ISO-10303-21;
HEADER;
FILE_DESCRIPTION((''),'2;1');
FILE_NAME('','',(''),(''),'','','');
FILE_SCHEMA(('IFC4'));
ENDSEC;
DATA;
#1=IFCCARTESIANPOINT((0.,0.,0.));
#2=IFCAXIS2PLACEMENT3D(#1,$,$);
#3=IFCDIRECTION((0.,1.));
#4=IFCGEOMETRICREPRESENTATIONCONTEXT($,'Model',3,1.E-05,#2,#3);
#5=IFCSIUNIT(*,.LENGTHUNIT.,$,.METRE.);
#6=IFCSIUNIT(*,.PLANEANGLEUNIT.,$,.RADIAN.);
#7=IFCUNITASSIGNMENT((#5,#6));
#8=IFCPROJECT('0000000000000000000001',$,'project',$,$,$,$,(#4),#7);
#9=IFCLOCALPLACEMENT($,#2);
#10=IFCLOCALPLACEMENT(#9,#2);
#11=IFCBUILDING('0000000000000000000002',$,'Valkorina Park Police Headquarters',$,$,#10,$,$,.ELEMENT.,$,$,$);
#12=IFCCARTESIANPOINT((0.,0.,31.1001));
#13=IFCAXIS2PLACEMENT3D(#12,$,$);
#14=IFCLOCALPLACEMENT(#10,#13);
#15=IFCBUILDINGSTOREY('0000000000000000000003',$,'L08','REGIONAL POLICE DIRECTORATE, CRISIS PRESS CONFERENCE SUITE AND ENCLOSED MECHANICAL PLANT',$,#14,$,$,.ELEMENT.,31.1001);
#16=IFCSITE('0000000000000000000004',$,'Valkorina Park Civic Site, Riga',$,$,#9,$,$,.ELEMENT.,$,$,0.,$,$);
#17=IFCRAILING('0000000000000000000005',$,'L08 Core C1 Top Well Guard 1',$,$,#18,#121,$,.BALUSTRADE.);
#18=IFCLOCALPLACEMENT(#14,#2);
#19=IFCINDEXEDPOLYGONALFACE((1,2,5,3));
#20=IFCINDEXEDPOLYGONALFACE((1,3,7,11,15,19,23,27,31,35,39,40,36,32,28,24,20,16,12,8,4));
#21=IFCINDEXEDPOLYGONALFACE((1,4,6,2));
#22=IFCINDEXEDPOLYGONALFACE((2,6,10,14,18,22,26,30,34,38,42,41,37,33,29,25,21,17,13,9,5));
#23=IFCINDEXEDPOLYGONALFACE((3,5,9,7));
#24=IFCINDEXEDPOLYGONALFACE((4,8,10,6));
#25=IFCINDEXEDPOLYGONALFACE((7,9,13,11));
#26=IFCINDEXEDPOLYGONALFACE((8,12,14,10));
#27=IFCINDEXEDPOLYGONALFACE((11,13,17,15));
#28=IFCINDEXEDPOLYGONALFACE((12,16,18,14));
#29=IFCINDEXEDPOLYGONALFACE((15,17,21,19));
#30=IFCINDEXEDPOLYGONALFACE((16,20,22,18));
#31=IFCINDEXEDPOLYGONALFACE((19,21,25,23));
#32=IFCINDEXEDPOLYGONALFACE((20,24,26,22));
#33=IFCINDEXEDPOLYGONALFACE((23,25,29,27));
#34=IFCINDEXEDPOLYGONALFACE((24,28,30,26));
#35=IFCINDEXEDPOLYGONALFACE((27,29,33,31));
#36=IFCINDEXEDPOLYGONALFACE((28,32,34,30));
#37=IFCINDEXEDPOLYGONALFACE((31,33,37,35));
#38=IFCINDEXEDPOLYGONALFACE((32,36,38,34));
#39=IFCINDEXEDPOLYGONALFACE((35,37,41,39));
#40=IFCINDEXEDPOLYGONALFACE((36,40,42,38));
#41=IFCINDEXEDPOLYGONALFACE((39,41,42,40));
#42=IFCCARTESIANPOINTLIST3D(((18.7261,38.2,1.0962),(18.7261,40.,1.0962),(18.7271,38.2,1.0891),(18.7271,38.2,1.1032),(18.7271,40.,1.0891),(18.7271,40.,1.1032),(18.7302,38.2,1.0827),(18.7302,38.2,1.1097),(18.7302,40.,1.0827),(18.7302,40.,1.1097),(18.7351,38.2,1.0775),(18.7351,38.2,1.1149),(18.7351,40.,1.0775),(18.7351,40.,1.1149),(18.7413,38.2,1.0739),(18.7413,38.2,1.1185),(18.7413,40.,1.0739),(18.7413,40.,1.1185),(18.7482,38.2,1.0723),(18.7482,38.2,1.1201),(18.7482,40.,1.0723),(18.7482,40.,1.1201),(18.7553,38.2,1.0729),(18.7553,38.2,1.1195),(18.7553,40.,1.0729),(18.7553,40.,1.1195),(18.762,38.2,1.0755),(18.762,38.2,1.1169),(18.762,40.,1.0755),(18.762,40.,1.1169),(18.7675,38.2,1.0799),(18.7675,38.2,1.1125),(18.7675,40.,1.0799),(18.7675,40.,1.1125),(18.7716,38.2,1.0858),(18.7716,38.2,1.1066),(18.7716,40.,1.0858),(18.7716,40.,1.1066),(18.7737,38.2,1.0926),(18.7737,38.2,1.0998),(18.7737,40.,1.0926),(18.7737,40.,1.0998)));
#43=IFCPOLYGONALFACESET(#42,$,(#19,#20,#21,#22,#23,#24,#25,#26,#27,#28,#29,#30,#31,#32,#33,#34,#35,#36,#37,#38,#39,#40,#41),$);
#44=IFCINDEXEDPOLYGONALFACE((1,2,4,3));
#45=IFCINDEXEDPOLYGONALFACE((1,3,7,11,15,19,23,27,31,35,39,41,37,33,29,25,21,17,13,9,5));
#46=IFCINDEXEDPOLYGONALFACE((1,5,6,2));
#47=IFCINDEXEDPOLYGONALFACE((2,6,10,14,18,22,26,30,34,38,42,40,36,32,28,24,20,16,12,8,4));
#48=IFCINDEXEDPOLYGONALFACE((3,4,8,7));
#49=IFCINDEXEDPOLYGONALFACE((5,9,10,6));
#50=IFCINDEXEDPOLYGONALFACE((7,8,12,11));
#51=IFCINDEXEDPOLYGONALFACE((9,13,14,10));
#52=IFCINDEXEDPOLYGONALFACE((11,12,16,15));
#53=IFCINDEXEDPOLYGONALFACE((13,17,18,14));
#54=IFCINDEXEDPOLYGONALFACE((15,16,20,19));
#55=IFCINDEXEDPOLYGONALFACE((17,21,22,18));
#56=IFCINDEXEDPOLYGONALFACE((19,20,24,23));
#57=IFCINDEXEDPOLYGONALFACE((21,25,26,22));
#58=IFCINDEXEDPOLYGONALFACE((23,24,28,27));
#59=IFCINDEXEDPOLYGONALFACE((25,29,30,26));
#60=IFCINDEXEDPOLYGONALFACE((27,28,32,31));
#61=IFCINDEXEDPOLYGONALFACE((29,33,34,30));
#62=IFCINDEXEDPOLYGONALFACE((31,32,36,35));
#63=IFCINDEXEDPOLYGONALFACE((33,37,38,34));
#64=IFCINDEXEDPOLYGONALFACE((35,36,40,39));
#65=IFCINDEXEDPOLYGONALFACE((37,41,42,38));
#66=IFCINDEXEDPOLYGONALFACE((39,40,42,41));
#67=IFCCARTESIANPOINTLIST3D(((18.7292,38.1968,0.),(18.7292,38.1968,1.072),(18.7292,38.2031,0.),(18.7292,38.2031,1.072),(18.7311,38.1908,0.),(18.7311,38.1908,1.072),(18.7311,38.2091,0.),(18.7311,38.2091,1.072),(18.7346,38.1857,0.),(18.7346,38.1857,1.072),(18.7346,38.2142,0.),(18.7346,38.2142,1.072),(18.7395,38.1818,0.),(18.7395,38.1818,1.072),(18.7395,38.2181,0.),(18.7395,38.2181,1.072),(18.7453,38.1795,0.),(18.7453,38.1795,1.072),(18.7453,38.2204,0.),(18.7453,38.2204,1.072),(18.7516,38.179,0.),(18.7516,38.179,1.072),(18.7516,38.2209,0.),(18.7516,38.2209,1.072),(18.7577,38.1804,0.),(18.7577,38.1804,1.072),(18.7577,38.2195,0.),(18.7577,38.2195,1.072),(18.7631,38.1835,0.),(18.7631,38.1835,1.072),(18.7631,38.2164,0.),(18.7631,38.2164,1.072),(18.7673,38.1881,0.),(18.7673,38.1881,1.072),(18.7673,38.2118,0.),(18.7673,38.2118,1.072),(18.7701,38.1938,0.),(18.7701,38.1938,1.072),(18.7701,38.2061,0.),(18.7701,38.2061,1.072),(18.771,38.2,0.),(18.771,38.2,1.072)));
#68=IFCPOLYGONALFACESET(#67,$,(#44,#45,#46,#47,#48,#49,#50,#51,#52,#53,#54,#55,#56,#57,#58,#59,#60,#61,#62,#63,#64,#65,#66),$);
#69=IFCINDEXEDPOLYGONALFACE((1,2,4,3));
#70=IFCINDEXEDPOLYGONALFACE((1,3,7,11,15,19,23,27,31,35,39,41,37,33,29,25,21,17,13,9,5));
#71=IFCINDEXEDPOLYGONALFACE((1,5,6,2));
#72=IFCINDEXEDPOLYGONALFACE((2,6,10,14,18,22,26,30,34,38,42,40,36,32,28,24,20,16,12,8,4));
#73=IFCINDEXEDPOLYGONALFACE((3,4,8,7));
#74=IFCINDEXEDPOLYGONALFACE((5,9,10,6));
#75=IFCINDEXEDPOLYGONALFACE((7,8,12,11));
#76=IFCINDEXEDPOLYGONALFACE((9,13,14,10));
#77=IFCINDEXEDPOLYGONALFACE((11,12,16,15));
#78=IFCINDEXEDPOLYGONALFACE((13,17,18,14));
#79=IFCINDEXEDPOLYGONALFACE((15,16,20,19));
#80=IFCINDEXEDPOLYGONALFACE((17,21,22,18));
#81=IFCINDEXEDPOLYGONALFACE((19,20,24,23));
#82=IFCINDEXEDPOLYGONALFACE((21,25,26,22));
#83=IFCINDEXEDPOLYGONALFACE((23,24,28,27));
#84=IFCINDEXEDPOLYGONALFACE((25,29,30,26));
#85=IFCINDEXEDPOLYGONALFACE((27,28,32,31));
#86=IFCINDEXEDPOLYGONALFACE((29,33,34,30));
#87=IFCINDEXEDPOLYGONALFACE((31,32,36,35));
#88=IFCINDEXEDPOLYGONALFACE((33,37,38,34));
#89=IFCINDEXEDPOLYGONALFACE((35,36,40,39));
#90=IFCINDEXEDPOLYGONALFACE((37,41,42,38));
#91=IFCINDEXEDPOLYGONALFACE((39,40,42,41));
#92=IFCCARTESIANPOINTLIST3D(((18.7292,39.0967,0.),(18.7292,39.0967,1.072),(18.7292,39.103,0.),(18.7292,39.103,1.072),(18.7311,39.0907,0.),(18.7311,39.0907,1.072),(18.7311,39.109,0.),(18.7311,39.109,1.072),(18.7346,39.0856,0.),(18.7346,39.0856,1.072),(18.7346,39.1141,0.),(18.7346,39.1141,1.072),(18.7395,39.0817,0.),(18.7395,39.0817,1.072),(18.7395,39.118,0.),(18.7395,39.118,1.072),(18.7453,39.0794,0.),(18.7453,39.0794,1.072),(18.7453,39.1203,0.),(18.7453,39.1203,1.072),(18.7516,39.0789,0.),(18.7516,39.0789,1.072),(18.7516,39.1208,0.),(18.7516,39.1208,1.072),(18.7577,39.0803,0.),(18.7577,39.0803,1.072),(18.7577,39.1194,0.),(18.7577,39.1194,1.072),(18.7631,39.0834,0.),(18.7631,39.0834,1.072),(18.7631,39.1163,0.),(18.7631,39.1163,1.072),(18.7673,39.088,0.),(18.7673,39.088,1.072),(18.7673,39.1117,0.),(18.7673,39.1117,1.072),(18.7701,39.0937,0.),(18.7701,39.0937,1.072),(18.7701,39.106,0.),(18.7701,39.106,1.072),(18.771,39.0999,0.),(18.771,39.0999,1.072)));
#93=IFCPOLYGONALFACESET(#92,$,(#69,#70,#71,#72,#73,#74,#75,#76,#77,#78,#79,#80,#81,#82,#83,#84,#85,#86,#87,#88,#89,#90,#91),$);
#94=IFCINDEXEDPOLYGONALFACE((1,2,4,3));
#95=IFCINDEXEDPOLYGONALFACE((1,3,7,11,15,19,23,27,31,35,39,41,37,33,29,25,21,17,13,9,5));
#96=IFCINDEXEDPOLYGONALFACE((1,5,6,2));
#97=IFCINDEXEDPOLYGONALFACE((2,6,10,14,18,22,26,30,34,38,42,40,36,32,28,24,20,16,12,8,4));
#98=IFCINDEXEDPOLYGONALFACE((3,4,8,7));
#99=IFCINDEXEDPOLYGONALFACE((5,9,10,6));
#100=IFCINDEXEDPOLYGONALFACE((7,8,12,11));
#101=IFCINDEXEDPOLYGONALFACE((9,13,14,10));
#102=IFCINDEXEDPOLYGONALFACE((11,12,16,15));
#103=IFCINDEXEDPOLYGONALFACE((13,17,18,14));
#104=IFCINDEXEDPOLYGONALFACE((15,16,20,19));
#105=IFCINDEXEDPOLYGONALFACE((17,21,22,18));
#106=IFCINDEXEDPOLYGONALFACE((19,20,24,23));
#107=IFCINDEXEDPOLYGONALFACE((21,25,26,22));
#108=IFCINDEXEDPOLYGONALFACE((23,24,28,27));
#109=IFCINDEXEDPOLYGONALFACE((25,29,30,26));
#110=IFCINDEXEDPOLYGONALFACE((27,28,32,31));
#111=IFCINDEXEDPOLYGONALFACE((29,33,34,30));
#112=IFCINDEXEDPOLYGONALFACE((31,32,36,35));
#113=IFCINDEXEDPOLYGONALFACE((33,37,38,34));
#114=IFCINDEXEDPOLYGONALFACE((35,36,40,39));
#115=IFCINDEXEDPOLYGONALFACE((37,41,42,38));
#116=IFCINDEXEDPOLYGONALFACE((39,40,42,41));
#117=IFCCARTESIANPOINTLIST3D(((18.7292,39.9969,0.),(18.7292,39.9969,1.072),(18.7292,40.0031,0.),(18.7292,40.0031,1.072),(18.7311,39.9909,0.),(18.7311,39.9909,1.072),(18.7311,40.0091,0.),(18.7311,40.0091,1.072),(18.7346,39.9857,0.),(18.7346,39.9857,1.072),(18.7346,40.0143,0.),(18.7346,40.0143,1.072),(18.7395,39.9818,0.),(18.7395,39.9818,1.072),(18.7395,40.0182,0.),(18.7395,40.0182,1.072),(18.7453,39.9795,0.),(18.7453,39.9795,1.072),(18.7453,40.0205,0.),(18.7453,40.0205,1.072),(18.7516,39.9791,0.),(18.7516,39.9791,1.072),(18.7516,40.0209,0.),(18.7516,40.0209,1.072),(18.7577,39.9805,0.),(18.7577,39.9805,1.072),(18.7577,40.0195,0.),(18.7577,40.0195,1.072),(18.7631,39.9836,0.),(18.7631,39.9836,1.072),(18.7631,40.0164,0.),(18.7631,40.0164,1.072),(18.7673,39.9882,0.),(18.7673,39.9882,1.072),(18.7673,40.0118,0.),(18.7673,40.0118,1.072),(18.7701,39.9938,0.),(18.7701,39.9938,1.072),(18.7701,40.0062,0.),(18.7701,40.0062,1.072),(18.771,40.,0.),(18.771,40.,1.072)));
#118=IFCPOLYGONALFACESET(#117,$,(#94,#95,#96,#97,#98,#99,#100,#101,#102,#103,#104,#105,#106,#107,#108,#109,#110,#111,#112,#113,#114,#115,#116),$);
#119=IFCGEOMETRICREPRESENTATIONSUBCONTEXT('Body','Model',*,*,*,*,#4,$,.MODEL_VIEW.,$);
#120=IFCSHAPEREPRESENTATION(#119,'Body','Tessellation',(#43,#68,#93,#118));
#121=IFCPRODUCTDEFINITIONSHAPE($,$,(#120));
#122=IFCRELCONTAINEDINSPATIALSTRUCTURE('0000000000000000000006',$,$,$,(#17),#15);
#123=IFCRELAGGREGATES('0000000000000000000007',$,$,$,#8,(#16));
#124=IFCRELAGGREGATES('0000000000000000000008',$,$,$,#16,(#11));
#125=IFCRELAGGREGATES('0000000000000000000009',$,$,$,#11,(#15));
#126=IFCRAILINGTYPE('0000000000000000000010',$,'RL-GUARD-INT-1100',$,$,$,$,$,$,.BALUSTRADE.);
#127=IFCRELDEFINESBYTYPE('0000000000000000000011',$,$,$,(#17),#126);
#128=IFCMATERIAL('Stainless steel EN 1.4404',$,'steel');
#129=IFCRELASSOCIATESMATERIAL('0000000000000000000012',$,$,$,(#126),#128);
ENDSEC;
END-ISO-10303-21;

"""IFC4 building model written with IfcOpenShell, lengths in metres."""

from ifc_helpers import new_model, si_unit, direction, frame, origin, origin_2d, place, context, subcontext, project, spatial, circle, extrude, material, type_object, element, save


model = new_model("IFC4")

# Units and contexts
model_context = context("Model", 3, precision=1e-05, world=origin(), true_north=direction((0.0, 1.0)))
body_context = subcontext(model_context, "Body", "Model", "MODEL_VIEW")
ifc_project = project(units=[si_unit("LENGTHUNIT", "METRE"), si_unit("PLANEANGLEUNIT", "RADIAN")], contexts=[model_context])

# Site, building, storey
site_placement = place(None, origin())
site = spatial("IfcSite", under=ifc_project, at=site_placement, Name="Valkorina Park Civic Site, Riga", CompositionType="ELEMENT", RefElevation=0.0)
building_placement = place(site_placement, origin())
building = spatial("IfcBuilding", under=site, at=building_placement, Name="Valkorina Park Police Headquarters", CompositionType="ELEMENT")
storey_placement = place(building_placement, frame((0.0, 0.0, 31.1001)))
storey = spatial("IfcBuildingStorey", under=building, at=storey_placement, Name="L08", Description="REGIONAL POLICE DIRECTORATE, CRISIS PRESS CONFERENCE SUITE AND ENCLOSED MECHANICAL PLANT", CompositionType="ELEMENT", Elevation=31.1001)

# Railing
ifc_material_1 = material(Name="Stainless steel EN 1.4404", Category="steel")
railing_type = type_object("IfcRailingType", Name="RL-GUARD-INT-1100", PredefinedType="BALUSTRADE", material=ifc_material_1)
railing_placement = place(storey_placement, frame((18.75, 38.2, 0.0)))
element("IfcRailing", 1, at=railing_placement, inside=storey, type_object=railing_type, Name="L08 Core C1 Top Well Guard 1", PredefinedType="BALUSTRADE", context=body_context, shape_type="SweptSolid", body=[
    extrude(circle(Radius=0.0239, at=origin_2d()), frame((0.0, 0.0, 1.0962), z_axis=(0.0, 1.0, 0.0), x_axis=(-1.0, 0.0, 0.0)), (0.0, 0.0, 1.0), 1.8),
    extrude(circle(Radius=0.021, at=origin_2d()), origin(), (0.0, 0.0, 1.0), 1.072),
    extrude(circle(Radius=0.021, at=origin_2d()), frame((0.0, 0.8999, 0.0)), (0.0, 0.0, 1.0), 1.072),
    extrude(circle(Radius=0.021, at=origin_2d()), frame((0.0, 1.8, 0.0)), (0.0, 0.0, 1.0), 1.072),
])

save(model, "model.ifc")
